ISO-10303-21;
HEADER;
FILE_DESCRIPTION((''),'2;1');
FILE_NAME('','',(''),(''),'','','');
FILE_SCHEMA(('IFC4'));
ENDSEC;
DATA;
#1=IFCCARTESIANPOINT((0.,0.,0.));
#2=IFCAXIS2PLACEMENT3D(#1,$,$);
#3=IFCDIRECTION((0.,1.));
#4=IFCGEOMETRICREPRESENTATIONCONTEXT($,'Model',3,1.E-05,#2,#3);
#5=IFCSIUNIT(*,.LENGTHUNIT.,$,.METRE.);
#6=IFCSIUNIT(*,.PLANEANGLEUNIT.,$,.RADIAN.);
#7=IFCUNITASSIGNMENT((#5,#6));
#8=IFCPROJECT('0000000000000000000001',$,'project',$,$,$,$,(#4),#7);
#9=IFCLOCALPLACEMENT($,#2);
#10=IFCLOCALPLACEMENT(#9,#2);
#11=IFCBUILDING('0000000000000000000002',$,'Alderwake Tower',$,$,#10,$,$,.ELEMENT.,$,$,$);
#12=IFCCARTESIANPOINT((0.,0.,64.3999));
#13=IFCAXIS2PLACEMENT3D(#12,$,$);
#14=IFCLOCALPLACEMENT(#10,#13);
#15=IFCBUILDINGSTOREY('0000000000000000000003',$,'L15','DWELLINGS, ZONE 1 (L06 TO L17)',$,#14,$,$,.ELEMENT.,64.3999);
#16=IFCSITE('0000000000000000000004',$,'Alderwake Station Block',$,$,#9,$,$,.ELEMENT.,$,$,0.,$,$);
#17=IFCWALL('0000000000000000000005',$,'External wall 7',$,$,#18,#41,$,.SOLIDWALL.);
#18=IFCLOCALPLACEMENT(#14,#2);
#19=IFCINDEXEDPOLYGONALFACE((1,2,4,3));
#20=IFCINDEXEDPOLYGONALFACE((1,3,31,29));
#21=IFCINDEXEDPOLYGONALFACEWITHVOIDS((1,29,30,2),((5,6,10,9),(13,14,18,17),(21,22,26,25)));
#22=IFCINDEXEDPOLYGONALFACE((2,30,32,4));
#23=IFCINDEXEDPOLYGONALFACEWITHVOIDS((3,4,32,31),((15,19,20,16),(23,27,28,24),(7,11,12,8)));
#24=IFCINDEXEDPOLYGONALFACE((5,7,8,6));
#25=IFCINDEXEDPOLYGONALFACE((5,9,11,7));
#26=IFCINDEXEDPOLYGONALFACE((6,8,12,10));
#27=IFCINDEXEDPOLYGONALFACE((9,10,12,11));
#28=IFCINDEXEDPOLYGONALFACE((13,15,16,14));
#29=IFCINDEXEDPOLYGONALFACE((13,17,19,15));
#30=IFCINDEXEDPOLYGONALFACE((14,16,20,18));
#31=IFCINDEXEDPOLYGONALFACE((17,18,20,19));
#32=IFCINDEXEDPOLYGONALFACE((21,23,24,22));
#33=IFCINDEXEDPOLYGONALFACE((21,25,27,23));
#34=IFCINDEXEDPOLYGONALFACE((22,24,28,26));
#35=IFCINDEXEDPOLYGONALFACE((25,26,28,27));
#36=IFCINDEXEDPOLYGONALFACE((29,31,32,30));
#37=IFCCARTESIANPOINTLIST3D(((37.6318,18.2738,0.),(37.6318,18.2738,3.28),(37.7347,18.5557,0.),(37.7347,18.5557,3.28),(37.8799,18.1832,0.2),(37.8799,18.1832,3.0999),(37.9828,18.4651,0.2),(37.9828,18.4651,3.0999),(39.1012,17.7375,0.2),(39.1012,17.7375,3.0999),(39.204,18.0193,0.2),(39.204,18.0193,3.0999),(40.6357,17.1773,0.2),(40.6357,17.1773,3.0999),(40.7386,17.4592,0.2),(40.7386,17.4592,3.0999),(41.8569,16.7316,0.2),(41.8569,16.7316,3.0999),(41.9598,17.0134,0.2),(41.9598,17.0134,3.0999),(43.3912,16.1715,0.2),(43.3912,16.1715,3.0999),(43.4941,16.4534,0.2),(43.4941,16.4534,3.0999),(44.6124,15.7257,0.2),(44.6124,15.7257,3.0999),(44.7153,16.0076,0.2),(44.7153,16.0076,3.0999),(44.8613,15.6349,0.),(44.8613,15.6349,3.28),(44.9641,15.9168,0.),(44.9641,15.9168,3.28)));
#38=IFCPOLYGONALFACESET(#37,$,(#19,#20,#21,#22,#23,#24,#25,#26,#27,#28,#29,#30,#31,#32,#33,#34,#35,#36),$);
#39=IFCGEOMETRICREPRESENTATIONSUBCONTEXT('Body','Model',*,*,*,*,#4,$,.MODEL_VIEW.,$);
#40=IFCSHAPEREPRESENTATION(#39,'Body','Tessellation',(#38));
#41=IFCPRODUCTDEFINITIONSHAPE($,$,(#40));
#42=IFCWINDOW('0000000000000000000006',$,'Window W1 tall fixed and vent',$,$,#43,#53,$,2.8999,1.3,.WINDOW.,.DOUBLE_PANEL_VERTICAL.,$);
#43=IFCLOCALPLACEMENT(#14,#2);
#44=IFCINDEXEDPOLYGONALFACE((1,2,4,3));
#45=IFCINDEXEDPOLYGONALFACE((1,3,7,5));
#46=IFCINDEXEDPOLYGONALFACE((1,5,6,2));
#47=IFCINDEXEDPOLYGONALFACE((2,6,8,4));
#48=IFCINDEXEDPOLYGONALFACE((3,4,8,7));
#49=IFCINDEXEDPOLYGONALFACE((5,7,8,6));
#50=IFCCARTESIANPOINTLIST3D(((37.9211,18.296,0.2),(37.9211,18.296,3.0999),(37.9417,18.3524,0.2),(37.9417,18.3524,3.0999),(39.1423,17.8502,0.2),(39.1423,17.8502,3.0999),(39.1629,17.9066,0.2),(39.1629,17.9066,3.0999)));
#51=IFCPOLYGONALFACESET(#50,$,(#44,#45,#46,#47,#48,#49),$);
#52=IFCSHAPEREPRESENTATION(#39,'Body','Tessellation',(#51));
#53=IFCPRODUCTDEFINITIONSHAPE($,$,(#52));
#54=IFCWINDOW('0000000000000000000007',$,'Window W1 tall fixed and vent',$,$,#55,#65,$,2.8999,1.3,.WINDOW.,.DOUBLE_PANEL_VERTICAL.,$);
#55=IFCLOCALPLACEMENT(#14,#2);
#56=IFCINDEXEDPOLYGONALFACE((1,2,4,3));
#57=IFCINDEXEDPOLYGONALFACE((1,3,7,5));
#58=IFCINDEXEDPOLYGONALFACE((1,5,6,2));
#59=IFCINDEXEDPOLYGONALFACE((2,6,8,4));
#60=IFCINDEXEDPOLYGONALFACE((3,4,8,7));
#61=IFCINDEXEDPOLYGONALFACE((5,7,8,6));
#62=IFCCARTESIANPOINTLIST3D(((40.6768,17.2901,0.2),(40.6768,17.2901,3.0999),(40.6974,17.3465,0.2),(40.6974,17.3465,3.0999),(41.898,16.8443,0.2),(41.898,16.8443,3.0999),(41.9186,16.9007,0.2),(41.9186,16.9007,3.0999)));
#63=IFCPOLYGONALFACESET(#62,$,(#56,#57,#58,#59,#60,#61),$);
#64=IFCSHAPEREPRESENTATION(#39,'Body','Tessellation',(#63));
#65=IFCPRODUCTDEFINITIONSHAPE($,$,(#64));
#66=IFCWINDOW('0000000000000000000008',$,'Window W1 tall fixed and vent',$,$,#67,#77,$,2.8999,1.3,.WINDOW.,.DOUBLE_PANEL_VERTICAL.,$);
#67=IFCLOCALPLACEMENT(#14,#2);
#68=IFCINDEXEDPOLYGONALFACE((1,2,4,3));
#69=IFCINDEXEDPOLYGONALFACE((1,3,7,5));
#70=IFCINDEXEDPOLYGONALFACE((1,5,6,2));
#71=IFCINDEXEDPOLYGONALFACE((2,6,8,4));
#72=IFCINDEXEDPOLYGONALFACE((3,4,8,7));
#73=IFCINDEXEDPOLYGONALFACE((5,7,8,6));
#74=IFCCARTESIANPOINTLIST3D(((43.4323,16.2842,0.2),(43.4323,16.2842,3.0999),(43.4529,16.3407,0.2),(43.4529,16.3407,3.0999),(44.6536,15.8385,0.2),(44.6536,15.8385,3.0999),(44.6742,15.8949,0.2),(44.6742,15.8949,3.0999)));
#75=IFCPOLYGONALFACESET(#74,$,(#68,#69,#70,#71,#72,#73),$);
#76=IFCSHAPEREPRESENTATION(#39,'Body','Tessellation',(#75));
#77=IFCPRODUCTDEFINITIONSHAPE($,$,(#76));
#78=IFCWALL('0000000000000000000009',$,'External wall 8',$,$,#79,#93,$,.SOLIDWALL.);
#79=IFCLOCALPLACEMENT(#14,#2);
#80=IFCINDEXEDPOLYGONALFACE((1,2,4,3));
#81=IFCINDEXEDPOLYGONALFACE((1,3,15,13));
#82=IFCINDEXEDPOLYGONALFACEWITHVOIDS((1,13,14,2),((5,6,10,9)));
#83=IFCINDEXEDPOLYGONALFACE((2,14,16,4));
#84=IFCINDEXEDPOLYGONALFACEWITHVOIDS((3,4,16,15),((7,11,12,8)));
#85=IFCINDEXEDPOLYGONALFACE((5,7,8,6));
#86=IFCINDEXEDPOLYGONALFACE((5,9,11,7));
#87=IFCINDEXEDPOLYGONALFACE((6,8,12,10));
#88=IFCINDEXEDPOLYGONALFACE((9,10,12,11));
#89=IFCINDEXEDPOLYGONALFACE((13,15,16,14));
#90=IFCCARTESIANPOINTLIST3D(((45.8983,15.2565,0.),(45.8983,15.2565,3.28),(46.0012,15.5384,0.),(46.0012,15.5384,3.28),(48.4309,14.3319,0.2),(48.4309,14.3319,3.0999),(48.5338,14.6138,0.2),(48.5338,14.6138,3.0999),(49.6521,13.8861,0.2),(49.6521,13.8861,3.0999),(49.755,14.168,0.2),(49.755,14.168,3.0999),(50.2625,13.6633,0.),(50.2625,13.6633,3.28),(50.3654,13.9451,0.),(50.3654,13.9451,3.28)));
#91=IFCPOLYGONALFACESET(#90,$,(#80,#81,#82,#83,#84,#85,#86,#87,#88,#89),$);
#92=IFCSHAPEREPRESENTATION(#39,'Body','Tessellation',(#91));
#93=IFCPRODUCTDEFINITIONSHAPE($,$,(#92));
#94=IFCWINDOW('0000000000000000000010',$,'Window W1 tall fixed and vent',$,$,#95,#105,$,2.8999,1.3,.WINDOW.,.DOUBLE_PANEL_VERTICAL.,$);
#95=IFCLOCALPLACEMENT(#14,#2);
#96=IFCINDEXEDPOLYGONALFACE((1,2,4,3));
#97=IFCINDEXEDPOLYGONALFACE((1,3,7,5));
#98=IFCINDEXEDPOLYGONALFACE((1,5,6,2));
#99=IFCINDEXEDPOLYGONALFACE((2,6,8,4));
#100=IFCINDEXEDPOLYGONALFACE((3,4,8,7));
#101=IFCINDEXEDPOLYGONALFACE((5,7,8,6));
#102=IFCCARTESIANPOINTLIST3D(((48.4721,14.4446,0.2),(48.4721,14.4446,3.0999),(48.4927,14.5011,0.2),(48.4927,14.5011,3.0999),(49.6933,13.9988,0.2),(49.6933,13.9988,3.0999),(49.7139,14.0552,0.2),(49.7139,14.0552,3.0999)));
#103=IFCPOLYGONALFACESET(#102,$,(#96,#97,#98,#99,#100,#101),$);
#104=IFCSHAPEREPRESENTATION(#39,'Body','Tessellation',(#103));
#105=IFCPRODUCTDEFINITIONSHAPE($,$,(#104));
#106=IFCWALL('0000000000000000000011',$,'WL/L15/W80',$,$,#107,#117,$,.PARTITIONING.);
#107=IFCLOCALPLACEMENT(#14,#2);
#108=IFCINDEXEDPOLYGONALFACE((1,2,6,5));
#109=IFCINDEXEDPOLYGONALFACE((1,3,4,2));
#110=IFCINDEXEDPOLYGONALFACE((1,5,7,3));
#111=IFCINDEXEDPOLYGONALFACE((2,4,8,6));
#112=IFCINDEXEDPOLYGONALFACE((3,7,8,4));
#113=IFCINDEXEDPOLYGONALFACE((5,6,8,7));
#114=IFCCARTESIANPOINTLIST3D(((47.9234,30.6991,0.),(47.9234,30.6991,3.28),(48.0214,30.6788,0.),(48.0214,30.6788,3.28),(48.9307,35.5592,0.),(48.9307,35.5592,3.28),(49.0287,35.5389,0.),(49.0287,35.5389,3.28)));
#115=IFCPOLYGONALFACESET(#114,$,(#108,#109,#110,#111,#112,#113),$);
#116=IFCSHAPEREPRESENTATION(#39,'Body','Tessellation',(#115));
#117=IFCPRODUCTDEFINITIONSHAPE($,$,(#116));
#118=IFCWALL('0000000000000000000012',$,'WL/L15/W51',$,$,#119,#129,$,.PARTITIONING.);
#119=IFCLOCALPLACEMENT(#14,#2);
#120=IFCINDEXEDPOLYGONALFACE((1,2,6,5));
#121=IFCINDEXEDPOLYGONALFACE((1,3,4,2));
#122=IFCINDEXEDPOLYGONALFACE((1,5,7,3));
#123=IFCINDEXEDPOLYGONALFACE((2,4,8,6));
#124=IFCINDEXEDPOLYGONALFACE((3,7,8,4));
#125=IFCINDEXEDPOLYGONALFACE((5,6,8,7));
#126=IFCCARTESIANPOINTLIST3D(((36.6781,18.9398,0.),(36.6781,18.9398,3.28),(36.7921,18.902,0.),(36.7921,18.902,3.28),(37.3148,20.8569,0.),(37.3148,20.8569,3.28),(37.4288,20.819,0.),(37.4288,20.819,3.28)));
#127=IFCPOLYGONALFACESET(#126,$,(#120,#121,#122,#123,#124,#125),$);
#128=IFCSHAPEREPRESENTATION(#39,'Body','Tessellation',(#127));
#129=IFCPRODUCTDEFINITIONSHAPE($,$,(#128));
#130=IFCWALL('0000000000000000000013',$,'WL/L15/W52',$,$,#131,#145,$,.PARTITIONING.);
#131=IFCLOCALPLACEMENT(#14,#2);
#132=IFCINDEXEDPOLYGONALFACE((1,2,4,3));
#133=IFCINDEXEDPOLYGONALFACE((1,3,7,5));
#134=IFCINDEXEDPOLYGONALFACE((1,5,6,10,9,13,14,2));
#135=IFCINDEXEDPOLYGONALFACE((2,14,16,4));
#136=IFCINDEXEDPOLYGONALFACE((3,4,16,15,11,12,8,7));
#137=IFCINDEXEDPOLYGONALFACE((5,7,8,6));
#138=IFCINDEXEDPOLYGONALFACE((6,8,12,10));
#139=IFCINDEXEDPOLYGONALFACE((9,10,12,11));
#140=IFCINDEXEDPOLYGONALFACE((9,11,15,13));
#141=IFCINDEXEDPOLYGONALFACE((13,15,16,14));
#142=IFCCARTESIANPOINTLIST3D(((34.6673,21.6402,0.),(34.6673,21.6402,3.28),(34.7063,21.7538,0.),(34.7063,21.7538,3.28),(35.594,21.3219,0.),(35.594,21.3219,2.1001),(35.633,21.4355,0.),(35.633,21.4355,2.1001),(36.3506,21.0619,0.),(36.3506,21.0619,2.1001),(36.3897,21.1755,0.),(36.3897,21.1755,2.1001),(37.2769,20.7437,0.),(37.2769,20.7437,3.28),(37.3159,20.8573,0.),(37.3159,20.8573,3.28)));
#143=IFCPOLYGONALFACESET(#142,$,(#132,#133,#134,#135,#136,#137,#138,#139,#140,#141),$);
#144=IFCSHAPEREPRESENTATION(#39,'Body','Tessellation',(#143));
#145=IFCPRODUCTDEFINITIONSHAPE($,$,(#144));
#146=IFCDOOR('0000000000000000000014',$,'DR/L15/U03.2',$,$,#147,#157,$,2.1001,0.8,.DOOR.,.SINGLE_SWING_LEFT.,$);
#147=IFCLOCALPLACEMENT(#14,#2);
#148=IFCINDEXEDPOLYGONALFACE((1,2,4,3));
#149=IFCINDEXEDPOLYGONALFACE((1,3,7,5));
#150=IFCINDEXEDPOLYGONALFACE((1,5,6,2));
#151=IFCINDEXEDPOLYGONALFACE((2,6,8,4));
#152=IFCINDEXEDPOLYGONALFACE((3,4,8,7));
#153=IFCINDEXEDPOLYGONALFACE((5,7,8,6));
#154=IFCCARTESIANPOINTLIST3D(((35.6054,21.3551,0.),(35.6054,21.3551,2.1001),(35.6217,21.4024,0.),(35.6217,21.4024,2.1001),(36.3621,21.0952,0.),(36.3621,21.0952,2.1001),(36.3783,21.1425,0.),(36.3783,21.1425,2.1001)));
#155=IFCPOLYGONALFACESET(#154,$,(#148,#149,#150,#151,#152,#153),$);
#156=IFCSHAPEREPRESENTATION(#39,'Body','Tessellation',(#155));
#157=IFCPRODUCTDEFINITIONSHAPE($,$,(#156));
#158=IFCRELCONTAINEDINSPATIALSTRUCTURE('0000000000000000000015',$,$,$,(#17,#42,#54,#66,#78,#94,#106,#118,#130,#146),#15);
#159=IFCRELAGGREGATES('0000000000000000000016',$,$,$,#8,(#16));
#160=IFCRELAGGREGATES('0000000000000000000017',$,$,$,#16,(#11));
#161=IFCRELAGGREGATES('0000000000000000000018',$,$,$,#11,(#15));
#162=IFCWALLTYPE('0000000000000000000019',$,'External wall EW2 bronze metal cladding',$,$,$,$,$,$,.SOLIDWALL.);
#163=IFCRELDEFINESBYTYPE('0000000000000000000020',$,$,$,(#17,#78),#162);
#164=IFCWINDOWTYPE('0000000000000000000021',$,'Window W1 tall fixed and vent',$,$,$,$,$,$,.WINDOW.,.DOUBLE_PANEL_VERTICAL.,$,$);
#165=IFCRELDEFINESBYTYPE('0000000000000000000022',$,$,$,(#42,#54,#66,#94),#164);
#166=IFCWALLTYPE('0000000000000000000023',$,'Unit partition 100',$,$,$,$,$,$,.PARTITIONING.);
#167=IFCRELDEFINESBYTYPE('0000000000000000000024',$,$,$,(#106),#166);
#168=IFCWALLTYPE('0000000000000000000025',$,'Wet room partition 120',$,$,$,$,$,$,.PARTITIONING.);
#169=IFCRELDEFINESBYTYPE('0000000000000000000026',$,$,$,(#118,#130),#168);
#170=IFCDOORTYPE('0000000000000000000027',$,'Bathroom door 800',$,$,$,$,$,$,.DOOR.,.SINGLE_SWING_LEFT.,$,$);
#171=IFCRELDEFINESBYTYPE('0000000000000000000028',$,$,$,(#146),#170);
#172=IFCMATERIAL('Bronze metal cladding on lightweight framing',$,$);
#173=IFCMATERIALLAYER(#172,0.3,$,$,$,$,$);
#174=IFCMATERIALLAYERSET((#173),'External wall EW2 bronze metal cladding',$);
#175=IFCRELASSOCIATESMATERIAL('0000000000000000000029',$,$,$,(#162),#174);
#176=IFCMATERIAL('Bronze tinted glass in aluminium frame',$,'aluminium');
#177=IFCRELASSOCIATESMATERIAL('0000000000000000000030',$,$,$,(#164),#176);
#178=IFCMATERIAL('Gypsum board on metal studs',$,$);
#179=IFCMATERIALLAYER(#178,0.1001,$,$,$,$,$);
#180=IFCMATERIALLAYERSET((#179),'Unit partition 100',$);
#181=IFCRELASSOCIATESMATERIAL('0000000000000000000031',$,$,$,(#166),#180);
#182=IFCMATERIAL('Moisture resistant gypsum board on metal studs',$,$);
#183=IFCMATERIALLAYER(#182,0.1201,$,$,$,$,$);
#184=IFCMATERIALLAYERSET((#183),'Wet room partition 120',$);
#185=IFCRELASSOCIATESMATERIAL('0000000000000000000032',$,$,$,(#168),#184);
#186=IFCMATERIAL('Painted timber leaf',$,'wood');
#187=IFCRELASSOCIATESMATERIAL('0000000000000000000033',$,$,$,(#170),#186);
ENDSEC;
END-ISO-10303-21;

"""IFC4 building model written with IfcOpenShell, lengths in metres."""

from ifc_helpers import new_model, si_unit, direction, frame, frame_2d, origin, place, context, subcontext, project, spatial, rectangle, extrude, material, layer, layer_set, type_object, element, fill, save


model = new_model("IFC4")

# Units and contexts
model_context = context("Model", 3, precision=1e-05, world=origin(), true_north=direction((0.0, 1.0)))
body_context = subcontext(model_context, "Body", "Model", "MODEL_VIEW")
ifc_project = project(units=[si_unit("LENGTHUNIT", "METRE"), si_unit("PLANEANGLEUNIT", "RADIAN")], contexts=[model_context])

# Site, building, storey
site_placement = place(None, origin())
site = spatial("IfcSite", under=ifc_project, at=site_placement, Name="Alderwake Station Block", CompositionType="ELEMENT", RefElevation=0.0)
building_placement = place(site_placement, origin())
building = spatial("IfcBuilding", under=site, at=building_placement, Name="Alderwake Tower", CompositionType="ELEMENT")
storey_placement = place(building_placement, frame((0.0, 0.0, 64.3999)))
storey = spatial("IfcBuildingStorey", under=building, at=storey_placement, Name="L15", Description="DWELLINGS, ZONE 1 (L06 TO L17)", CompositionType="ELEMENT", Elevation=64.3999)

# Wall, openings, windows
ifc_material_1 = material(Name="Bronze metal cladding on lightweight framing")
ifc_layer_1 = layer(ifc_material_1, 0.3)
ifc_layer_set_1 = layer_set([ifc_layer_1], Name="External wall EW2 bronze metal cladding")
wall_type_1 = type_object("IfcWallType", Name="External wall EW2 bronze metal cladding", PredefinedType="SOLIDWALL", material=ifc_layer_set_1)
wall_1_placement = place(storey_placement, frame((37.6831, 18.4148, 0.0), z_axis=(0.0, 0.0, 1.0), x_axis=(0.939375, -0.342892, 0.0)))
wall_1 = element("IfcWall", 1, at=wall_1_placement, inside=storey, type_object=wall_type_1, Name="External wall 7", PredefinedType="SOLIDWALL", context=body_context, shape_type="SweptSolid", body=[
    extrude(rectangle(XDim=7.696, YDim=0.3, at=frame_2d((3.8481, 0.0))), origin(), (0.0, 0.0, 1.0), 3.28),
])
opening_1_placement = place(wall_1_placement, frame((0.2644, 0.0, 0.2)))
opening_1 = element("IfcOpeningElement", 2, at=opening_1_placement, cuts=wall_1, PredefinedType="OPENING", context=body_context, shape_type="SweptSolid", body=[
    extrude(rectangle(XDim=1.3, YDim=2.8999, at=frame_2d((0.6499, 1.45))), frame((0.0, 0.1599, 0.0), z_axis=(0.0, -1.0, 0.0), x_axis=(1.0, 0.0, 0.0)), (0.0, 0.0, 1.0), 0.3201),
])
opening_2_placement = place(wall_1_placement, frame((3.198, 0.0, 0.2)))
opening_2 = element("IfcOpeningElement", 3, at=opening_2_placement, cuts=wall_1, PredefinedType="OPENING", context=body_context, shape_type="SweptSolid", body=[
    extrude(rectangle(XDim=1.3, YDim=2.8999, at=frame_2d((0.6499, 1.45))), frame((0.0, 0.1599, 0.0), z_axis=(0.0, -1.0, 0.0), x_axis=(1.0, 0.0, 0.0)), (0.0, 0.0, 1.0), 0.3201),
])
opening_3_placement = place(wall_1_placement, frame((6.1313, 0.0, 0.2)))
opening_3 = element("IfcOpeningElement", 4, at=opening_3_placement, cuts=wall_1, PredefinedType="OPENING", context=body_context, shape_type="SweptSolid", body=[
    extrude(rectangle(XDim=1.3, YDim=2.8999, at=frame_2d((0.6499, 1.45))), frame((0.0, 0.1599, 0.0), z_axis=(0.0, -1.0, 0.0), x_axis=(1.0, 0.0, 0.0)), (0.0, 0.0, 1.0), 0.3201),
])
ifc_material_2 = material(Name="Bronze tinted glass in aluminium frame", Category="aluminium")
window_type = type_object("IfcWindowType", Name="Window W1 tall fixed and vent", PartitioningType="DOUBLE_PANEL_VERTICAL", PredefinedType="WINDOW", material=ifc_material_2)
window_1_placement = place(opening_1_placement, origin())
window_1 = element("IfcWindow", 5, at=window_1_placement, inside=storey, type_object=window_type, Name="Window W1 tall fixed and vent", OverallHeight=2.8999, OverallWidth=1.3, PartitioningType="DOUBLE_PANEL_VERTICAL", PredefinedType="WINDOW", context=body_context, shape_type="SweptSolid", body=[
    extrude(rectangle(XDim=1.3, YDim=2.8999, at=frame_2d((0.6499, 1.45))), frame((0.0, 0.03, 0.0), z_axis=(0.0, -1.0, 0.0), x_axis=(1.0, 0.0, 0.0)), (0.0, 0.0, 1.0), 0.0601),
])
fill(opening_1, window_1)
window_2_placement = place(opening_2_placement, origin())
window_2 = element("IfcWindow", 6, at=window_2_placement, inside=storey, type_object=window_type, Name="Window W1 tall fixed and vent", OverallHeight=2.8999, OverallWidth=1.3, PartitioningType="DOUBLE_PANEL_VERTICAL", PredefinedType="WINDOW", context=body_context, shape_type="SweptSolid", body=[
    extrude(rectangle(XDim=1.3, YDim=2.8999, at=frame_2d((0.6499, 1.45))), frame((0.0, 0.03, 0.0), z_axis=(0.0, -1.0, 0.0), x_axis=(1.0, 0.0, 0.0)), (0.0, 0.0, 1.0), 0.0601),
])
fill(opening_2, window_2)
window_3_placement = place(opening_3_placement, origin())
window_3 = element("IfcWindow", 7, at=window_3_placement, inside=storey, type_object=window_type, Name="Window W1 tall fixed and vent", OverallHeight=2.8999, OverallWidth=1.3, PartitioningType="DOUBLE_PANEL_VERTICAL", PredefinedType="WINDOW", context=body_context, shape_type="SweptSolid", body=[
    extrude(rectangle(XDim=1.3, YDim=2.8999, at=frame_2d((0.6499, 1.45))), frame((0.0, 0.03, 0.0), z_axis=(0.0, -1.0, 0.0), x_axis=(1.0, 0.0, 0.0)), (0.0, 0.0, 1.0), 0.0601),
])
fill(opening_3, window_3)

# Wall, opening, window
wall_2_placement = place(storey_placement, frame((45.9497, 15.3975, 0.0), z_axis=(0.0, 0.0, 1.0), x_axis=(0.93936, -0.342933, 0.0)))
wall_2 = element("IfcWall", 8, at=wall_2_placement, inside=storey, type_object=wall_type_1, Name="External wall 8", PredefinedType="SOLIDWALL", context=body_context, shape_type="SweptSolid", body=[
    extrude(rectangle(XDim=4.646, YDim=0.3, at=frame_2d((2.323, 0.0))), origin(), (0.0, 0.0, 1.0), 3.28),
])
opening_4_placement = place(wall_2_placement, frame((2.6963, 0.0, 0.2)))
opening_4 = element("IfcOpeningElement", 9, at=opening_4_placement, cuts=wall_2, PredefinedType="OPENING", context=body_context, shape_type="SweptSolid", body=[
    extrude(rectangle(XDim=1.3, YDim=2.8999, at=frame_2d((0.6499, 1.45))), frame((0.0, 0.1599, 0.0), z_axis=(0.0, -1.0, 0.0), x_axis=(1.0, 0.0, 0.0)), (0.0, 0.0, 1.0), 0.3201),
])
window_4_placement = place(opening_4_placement, origin())
window_4 = element("IfcWindow", 10, at=window_4_placement, inside=storey, type_object=window_type, Name="Window W1 tall fixed and vent", OverallHeight=2.8999, OverallWidth=1.3, PartitioningType="DOUBLE_PANEL_VERTICAL", PredefinedType="WINDOW", context=body_context, shape_type="SweptSolid", body=[
    extrude(rectangle(XDim=1.3, YDim=2.8999, at=frame_2d((0.6499, 1.45))), frame((0.0, 0.03, 0.0), z_axis=(0.0, -1.0, 0.0), x_axis=(1.0, 0.0, 0.0)), (0.0, 0.0, 1.0), 0.0601),
])
fill(opening_4, window_4)

# Walls
ifc_material_3 = material(Name="Gypsum board on metal studs")
ifc_layer_2 = layer(ifc_material_3, 0.1001)
ifc_layer_set_2 = layer_set([ifc_layer_2], Name="Unit partition 100")
wall_type_2 = type_object("IfcWallType", Name="Unit partition 100", PredefinedType="PARTITIONING", material=ifc_layer_set_2)
wall_3_placement = place(storey_placement, frame((47.9724, 30.689, 0.0), z_axis=(0.0, 0.0, 1.0), x_axis=(0.20295, 0.979189, 0.0)))
element("IfcWall", 11, at=wall_3_placement, inside=storey, type_object=wall_type_2, Name="WL/L15/W80", PredefinedType="PARTITIONING", context=body_context, shape_type="SweptSolid", body=[
    extrude(rectangle(XDim=4.9634, YDim=0.1001, at=frame_2d((2.4817, 0.0))), origin(), (0.0, 0.0, 1.0), 3.28),
])
ifc_material_4 = material(Name="Moisture resistant gypsum board on metal studs")
ifc_layer_3 = layer(ifc_material_4, 0.1201)
ifc_layer_set_3 = layer_set([ifc_layer_3], Name="Wet room partition 120")
wall_type_3 = type_object("IfcWallType", Name="Wet room partition 120", PredefinedType="PARTITIONING", material=ifc_layer_set_3)
wall_4_placement = place(storey_placement, frame((36.7351, 18.9209, 0.0), z_axis=(0.0, 0.0, 1.0), x_axis=(0.315212, 0.949021, 0.0)))
element("IfcWall", 12, at=wall_4_placement, inside=storey, type_object=wall_type_3, Name="WL/L15/W51", PredefinedType="PARTITIONING", context=body_context, shape_type="SweptSolid", body=[
    extrude(rectangle(XDim=2.02, YDim=0.1201, at=frame_2d((1.01, 0.0))), origin(), (0.0, 0.0, 1.0), 3.28),
])

# Wall, opening, door
wall_5_placement = place(storey_placement, frame((37.2964, 20.8005, 0.0), z_axis=(0.0, 0.0, 1.0), x_axis=(-0.94575, 0.324894, 0.0)))
wall_5 = element("IfcWall", 13, at=wall_5_placement, inside=storey, type_object=wall_type_3, Name="WL/L15/W52", PredefinedType="PARTITIONING", context=body_context, shape_type="SweptSolid", body=[
    extrude(rectangle(XDim=2.7593, YDim=0.1201, at=frame_2d((1.3796, 0.0))), origin(), (0.0, 0.0, 1.0), 3.28),
])
opening_5_placement = place(wall_5_placement, frame((0.9795, 0.0, 0.0)))
opening_5 = element("IfcOpeningElement", 14, at=opening_5_placement, cuts=wall_5, PredefinedType="OPENING", context=body_context, shape_type="SweptSolid", body=[
    extrude(rectangle(XDim=0.8, YDim=2.1001, at=frame_2d((0.3999, 1.05))), frame((0.0, 0.0701, 0.0), z_axis=(0.0, -1.0, 0.0), x_axis=(1.0, 0.0, 0.0)), (0.0, 0.0, 1.0), 0.1401),
])
ifc_material_5 = material(Name="Painted timber leaf", Category="wood")
door_type_1 = type_object("IfcDoorType", Name="Bathroom door 800", OperationType="SINGLE_SWING_LEFT", PredefinedType="DOOR", material=ifc_material_5)
door_1_placement = place(opening_5_placement, origin())
door_1 = element("IfcDoor", 15, at=door_1_placement, inside=storey, type_object=door_type_1, Name="DR/L15/U03.2", OperationType="SINGLE_SWING_LEFT", OverallHeight=2.1001, OverallWidth=0.8, PredefinedType="DOOR", context=body_context, shape_type="SweptSolid", body=[
    extrude(rectangle(XDim=0.8, YDim=2.1001, at=frame_2d((0.3999, 1.05))), frame((0.0, 0.0249, 0.0), z_axis=(0.0, -1.0, 0.0), x_axis=(1.0, 0.0, 0.0)), (0.0, 0.0, 1.0), 0.05),
])
fill(opening_5, door_1)

save(model, "model.ifc")
